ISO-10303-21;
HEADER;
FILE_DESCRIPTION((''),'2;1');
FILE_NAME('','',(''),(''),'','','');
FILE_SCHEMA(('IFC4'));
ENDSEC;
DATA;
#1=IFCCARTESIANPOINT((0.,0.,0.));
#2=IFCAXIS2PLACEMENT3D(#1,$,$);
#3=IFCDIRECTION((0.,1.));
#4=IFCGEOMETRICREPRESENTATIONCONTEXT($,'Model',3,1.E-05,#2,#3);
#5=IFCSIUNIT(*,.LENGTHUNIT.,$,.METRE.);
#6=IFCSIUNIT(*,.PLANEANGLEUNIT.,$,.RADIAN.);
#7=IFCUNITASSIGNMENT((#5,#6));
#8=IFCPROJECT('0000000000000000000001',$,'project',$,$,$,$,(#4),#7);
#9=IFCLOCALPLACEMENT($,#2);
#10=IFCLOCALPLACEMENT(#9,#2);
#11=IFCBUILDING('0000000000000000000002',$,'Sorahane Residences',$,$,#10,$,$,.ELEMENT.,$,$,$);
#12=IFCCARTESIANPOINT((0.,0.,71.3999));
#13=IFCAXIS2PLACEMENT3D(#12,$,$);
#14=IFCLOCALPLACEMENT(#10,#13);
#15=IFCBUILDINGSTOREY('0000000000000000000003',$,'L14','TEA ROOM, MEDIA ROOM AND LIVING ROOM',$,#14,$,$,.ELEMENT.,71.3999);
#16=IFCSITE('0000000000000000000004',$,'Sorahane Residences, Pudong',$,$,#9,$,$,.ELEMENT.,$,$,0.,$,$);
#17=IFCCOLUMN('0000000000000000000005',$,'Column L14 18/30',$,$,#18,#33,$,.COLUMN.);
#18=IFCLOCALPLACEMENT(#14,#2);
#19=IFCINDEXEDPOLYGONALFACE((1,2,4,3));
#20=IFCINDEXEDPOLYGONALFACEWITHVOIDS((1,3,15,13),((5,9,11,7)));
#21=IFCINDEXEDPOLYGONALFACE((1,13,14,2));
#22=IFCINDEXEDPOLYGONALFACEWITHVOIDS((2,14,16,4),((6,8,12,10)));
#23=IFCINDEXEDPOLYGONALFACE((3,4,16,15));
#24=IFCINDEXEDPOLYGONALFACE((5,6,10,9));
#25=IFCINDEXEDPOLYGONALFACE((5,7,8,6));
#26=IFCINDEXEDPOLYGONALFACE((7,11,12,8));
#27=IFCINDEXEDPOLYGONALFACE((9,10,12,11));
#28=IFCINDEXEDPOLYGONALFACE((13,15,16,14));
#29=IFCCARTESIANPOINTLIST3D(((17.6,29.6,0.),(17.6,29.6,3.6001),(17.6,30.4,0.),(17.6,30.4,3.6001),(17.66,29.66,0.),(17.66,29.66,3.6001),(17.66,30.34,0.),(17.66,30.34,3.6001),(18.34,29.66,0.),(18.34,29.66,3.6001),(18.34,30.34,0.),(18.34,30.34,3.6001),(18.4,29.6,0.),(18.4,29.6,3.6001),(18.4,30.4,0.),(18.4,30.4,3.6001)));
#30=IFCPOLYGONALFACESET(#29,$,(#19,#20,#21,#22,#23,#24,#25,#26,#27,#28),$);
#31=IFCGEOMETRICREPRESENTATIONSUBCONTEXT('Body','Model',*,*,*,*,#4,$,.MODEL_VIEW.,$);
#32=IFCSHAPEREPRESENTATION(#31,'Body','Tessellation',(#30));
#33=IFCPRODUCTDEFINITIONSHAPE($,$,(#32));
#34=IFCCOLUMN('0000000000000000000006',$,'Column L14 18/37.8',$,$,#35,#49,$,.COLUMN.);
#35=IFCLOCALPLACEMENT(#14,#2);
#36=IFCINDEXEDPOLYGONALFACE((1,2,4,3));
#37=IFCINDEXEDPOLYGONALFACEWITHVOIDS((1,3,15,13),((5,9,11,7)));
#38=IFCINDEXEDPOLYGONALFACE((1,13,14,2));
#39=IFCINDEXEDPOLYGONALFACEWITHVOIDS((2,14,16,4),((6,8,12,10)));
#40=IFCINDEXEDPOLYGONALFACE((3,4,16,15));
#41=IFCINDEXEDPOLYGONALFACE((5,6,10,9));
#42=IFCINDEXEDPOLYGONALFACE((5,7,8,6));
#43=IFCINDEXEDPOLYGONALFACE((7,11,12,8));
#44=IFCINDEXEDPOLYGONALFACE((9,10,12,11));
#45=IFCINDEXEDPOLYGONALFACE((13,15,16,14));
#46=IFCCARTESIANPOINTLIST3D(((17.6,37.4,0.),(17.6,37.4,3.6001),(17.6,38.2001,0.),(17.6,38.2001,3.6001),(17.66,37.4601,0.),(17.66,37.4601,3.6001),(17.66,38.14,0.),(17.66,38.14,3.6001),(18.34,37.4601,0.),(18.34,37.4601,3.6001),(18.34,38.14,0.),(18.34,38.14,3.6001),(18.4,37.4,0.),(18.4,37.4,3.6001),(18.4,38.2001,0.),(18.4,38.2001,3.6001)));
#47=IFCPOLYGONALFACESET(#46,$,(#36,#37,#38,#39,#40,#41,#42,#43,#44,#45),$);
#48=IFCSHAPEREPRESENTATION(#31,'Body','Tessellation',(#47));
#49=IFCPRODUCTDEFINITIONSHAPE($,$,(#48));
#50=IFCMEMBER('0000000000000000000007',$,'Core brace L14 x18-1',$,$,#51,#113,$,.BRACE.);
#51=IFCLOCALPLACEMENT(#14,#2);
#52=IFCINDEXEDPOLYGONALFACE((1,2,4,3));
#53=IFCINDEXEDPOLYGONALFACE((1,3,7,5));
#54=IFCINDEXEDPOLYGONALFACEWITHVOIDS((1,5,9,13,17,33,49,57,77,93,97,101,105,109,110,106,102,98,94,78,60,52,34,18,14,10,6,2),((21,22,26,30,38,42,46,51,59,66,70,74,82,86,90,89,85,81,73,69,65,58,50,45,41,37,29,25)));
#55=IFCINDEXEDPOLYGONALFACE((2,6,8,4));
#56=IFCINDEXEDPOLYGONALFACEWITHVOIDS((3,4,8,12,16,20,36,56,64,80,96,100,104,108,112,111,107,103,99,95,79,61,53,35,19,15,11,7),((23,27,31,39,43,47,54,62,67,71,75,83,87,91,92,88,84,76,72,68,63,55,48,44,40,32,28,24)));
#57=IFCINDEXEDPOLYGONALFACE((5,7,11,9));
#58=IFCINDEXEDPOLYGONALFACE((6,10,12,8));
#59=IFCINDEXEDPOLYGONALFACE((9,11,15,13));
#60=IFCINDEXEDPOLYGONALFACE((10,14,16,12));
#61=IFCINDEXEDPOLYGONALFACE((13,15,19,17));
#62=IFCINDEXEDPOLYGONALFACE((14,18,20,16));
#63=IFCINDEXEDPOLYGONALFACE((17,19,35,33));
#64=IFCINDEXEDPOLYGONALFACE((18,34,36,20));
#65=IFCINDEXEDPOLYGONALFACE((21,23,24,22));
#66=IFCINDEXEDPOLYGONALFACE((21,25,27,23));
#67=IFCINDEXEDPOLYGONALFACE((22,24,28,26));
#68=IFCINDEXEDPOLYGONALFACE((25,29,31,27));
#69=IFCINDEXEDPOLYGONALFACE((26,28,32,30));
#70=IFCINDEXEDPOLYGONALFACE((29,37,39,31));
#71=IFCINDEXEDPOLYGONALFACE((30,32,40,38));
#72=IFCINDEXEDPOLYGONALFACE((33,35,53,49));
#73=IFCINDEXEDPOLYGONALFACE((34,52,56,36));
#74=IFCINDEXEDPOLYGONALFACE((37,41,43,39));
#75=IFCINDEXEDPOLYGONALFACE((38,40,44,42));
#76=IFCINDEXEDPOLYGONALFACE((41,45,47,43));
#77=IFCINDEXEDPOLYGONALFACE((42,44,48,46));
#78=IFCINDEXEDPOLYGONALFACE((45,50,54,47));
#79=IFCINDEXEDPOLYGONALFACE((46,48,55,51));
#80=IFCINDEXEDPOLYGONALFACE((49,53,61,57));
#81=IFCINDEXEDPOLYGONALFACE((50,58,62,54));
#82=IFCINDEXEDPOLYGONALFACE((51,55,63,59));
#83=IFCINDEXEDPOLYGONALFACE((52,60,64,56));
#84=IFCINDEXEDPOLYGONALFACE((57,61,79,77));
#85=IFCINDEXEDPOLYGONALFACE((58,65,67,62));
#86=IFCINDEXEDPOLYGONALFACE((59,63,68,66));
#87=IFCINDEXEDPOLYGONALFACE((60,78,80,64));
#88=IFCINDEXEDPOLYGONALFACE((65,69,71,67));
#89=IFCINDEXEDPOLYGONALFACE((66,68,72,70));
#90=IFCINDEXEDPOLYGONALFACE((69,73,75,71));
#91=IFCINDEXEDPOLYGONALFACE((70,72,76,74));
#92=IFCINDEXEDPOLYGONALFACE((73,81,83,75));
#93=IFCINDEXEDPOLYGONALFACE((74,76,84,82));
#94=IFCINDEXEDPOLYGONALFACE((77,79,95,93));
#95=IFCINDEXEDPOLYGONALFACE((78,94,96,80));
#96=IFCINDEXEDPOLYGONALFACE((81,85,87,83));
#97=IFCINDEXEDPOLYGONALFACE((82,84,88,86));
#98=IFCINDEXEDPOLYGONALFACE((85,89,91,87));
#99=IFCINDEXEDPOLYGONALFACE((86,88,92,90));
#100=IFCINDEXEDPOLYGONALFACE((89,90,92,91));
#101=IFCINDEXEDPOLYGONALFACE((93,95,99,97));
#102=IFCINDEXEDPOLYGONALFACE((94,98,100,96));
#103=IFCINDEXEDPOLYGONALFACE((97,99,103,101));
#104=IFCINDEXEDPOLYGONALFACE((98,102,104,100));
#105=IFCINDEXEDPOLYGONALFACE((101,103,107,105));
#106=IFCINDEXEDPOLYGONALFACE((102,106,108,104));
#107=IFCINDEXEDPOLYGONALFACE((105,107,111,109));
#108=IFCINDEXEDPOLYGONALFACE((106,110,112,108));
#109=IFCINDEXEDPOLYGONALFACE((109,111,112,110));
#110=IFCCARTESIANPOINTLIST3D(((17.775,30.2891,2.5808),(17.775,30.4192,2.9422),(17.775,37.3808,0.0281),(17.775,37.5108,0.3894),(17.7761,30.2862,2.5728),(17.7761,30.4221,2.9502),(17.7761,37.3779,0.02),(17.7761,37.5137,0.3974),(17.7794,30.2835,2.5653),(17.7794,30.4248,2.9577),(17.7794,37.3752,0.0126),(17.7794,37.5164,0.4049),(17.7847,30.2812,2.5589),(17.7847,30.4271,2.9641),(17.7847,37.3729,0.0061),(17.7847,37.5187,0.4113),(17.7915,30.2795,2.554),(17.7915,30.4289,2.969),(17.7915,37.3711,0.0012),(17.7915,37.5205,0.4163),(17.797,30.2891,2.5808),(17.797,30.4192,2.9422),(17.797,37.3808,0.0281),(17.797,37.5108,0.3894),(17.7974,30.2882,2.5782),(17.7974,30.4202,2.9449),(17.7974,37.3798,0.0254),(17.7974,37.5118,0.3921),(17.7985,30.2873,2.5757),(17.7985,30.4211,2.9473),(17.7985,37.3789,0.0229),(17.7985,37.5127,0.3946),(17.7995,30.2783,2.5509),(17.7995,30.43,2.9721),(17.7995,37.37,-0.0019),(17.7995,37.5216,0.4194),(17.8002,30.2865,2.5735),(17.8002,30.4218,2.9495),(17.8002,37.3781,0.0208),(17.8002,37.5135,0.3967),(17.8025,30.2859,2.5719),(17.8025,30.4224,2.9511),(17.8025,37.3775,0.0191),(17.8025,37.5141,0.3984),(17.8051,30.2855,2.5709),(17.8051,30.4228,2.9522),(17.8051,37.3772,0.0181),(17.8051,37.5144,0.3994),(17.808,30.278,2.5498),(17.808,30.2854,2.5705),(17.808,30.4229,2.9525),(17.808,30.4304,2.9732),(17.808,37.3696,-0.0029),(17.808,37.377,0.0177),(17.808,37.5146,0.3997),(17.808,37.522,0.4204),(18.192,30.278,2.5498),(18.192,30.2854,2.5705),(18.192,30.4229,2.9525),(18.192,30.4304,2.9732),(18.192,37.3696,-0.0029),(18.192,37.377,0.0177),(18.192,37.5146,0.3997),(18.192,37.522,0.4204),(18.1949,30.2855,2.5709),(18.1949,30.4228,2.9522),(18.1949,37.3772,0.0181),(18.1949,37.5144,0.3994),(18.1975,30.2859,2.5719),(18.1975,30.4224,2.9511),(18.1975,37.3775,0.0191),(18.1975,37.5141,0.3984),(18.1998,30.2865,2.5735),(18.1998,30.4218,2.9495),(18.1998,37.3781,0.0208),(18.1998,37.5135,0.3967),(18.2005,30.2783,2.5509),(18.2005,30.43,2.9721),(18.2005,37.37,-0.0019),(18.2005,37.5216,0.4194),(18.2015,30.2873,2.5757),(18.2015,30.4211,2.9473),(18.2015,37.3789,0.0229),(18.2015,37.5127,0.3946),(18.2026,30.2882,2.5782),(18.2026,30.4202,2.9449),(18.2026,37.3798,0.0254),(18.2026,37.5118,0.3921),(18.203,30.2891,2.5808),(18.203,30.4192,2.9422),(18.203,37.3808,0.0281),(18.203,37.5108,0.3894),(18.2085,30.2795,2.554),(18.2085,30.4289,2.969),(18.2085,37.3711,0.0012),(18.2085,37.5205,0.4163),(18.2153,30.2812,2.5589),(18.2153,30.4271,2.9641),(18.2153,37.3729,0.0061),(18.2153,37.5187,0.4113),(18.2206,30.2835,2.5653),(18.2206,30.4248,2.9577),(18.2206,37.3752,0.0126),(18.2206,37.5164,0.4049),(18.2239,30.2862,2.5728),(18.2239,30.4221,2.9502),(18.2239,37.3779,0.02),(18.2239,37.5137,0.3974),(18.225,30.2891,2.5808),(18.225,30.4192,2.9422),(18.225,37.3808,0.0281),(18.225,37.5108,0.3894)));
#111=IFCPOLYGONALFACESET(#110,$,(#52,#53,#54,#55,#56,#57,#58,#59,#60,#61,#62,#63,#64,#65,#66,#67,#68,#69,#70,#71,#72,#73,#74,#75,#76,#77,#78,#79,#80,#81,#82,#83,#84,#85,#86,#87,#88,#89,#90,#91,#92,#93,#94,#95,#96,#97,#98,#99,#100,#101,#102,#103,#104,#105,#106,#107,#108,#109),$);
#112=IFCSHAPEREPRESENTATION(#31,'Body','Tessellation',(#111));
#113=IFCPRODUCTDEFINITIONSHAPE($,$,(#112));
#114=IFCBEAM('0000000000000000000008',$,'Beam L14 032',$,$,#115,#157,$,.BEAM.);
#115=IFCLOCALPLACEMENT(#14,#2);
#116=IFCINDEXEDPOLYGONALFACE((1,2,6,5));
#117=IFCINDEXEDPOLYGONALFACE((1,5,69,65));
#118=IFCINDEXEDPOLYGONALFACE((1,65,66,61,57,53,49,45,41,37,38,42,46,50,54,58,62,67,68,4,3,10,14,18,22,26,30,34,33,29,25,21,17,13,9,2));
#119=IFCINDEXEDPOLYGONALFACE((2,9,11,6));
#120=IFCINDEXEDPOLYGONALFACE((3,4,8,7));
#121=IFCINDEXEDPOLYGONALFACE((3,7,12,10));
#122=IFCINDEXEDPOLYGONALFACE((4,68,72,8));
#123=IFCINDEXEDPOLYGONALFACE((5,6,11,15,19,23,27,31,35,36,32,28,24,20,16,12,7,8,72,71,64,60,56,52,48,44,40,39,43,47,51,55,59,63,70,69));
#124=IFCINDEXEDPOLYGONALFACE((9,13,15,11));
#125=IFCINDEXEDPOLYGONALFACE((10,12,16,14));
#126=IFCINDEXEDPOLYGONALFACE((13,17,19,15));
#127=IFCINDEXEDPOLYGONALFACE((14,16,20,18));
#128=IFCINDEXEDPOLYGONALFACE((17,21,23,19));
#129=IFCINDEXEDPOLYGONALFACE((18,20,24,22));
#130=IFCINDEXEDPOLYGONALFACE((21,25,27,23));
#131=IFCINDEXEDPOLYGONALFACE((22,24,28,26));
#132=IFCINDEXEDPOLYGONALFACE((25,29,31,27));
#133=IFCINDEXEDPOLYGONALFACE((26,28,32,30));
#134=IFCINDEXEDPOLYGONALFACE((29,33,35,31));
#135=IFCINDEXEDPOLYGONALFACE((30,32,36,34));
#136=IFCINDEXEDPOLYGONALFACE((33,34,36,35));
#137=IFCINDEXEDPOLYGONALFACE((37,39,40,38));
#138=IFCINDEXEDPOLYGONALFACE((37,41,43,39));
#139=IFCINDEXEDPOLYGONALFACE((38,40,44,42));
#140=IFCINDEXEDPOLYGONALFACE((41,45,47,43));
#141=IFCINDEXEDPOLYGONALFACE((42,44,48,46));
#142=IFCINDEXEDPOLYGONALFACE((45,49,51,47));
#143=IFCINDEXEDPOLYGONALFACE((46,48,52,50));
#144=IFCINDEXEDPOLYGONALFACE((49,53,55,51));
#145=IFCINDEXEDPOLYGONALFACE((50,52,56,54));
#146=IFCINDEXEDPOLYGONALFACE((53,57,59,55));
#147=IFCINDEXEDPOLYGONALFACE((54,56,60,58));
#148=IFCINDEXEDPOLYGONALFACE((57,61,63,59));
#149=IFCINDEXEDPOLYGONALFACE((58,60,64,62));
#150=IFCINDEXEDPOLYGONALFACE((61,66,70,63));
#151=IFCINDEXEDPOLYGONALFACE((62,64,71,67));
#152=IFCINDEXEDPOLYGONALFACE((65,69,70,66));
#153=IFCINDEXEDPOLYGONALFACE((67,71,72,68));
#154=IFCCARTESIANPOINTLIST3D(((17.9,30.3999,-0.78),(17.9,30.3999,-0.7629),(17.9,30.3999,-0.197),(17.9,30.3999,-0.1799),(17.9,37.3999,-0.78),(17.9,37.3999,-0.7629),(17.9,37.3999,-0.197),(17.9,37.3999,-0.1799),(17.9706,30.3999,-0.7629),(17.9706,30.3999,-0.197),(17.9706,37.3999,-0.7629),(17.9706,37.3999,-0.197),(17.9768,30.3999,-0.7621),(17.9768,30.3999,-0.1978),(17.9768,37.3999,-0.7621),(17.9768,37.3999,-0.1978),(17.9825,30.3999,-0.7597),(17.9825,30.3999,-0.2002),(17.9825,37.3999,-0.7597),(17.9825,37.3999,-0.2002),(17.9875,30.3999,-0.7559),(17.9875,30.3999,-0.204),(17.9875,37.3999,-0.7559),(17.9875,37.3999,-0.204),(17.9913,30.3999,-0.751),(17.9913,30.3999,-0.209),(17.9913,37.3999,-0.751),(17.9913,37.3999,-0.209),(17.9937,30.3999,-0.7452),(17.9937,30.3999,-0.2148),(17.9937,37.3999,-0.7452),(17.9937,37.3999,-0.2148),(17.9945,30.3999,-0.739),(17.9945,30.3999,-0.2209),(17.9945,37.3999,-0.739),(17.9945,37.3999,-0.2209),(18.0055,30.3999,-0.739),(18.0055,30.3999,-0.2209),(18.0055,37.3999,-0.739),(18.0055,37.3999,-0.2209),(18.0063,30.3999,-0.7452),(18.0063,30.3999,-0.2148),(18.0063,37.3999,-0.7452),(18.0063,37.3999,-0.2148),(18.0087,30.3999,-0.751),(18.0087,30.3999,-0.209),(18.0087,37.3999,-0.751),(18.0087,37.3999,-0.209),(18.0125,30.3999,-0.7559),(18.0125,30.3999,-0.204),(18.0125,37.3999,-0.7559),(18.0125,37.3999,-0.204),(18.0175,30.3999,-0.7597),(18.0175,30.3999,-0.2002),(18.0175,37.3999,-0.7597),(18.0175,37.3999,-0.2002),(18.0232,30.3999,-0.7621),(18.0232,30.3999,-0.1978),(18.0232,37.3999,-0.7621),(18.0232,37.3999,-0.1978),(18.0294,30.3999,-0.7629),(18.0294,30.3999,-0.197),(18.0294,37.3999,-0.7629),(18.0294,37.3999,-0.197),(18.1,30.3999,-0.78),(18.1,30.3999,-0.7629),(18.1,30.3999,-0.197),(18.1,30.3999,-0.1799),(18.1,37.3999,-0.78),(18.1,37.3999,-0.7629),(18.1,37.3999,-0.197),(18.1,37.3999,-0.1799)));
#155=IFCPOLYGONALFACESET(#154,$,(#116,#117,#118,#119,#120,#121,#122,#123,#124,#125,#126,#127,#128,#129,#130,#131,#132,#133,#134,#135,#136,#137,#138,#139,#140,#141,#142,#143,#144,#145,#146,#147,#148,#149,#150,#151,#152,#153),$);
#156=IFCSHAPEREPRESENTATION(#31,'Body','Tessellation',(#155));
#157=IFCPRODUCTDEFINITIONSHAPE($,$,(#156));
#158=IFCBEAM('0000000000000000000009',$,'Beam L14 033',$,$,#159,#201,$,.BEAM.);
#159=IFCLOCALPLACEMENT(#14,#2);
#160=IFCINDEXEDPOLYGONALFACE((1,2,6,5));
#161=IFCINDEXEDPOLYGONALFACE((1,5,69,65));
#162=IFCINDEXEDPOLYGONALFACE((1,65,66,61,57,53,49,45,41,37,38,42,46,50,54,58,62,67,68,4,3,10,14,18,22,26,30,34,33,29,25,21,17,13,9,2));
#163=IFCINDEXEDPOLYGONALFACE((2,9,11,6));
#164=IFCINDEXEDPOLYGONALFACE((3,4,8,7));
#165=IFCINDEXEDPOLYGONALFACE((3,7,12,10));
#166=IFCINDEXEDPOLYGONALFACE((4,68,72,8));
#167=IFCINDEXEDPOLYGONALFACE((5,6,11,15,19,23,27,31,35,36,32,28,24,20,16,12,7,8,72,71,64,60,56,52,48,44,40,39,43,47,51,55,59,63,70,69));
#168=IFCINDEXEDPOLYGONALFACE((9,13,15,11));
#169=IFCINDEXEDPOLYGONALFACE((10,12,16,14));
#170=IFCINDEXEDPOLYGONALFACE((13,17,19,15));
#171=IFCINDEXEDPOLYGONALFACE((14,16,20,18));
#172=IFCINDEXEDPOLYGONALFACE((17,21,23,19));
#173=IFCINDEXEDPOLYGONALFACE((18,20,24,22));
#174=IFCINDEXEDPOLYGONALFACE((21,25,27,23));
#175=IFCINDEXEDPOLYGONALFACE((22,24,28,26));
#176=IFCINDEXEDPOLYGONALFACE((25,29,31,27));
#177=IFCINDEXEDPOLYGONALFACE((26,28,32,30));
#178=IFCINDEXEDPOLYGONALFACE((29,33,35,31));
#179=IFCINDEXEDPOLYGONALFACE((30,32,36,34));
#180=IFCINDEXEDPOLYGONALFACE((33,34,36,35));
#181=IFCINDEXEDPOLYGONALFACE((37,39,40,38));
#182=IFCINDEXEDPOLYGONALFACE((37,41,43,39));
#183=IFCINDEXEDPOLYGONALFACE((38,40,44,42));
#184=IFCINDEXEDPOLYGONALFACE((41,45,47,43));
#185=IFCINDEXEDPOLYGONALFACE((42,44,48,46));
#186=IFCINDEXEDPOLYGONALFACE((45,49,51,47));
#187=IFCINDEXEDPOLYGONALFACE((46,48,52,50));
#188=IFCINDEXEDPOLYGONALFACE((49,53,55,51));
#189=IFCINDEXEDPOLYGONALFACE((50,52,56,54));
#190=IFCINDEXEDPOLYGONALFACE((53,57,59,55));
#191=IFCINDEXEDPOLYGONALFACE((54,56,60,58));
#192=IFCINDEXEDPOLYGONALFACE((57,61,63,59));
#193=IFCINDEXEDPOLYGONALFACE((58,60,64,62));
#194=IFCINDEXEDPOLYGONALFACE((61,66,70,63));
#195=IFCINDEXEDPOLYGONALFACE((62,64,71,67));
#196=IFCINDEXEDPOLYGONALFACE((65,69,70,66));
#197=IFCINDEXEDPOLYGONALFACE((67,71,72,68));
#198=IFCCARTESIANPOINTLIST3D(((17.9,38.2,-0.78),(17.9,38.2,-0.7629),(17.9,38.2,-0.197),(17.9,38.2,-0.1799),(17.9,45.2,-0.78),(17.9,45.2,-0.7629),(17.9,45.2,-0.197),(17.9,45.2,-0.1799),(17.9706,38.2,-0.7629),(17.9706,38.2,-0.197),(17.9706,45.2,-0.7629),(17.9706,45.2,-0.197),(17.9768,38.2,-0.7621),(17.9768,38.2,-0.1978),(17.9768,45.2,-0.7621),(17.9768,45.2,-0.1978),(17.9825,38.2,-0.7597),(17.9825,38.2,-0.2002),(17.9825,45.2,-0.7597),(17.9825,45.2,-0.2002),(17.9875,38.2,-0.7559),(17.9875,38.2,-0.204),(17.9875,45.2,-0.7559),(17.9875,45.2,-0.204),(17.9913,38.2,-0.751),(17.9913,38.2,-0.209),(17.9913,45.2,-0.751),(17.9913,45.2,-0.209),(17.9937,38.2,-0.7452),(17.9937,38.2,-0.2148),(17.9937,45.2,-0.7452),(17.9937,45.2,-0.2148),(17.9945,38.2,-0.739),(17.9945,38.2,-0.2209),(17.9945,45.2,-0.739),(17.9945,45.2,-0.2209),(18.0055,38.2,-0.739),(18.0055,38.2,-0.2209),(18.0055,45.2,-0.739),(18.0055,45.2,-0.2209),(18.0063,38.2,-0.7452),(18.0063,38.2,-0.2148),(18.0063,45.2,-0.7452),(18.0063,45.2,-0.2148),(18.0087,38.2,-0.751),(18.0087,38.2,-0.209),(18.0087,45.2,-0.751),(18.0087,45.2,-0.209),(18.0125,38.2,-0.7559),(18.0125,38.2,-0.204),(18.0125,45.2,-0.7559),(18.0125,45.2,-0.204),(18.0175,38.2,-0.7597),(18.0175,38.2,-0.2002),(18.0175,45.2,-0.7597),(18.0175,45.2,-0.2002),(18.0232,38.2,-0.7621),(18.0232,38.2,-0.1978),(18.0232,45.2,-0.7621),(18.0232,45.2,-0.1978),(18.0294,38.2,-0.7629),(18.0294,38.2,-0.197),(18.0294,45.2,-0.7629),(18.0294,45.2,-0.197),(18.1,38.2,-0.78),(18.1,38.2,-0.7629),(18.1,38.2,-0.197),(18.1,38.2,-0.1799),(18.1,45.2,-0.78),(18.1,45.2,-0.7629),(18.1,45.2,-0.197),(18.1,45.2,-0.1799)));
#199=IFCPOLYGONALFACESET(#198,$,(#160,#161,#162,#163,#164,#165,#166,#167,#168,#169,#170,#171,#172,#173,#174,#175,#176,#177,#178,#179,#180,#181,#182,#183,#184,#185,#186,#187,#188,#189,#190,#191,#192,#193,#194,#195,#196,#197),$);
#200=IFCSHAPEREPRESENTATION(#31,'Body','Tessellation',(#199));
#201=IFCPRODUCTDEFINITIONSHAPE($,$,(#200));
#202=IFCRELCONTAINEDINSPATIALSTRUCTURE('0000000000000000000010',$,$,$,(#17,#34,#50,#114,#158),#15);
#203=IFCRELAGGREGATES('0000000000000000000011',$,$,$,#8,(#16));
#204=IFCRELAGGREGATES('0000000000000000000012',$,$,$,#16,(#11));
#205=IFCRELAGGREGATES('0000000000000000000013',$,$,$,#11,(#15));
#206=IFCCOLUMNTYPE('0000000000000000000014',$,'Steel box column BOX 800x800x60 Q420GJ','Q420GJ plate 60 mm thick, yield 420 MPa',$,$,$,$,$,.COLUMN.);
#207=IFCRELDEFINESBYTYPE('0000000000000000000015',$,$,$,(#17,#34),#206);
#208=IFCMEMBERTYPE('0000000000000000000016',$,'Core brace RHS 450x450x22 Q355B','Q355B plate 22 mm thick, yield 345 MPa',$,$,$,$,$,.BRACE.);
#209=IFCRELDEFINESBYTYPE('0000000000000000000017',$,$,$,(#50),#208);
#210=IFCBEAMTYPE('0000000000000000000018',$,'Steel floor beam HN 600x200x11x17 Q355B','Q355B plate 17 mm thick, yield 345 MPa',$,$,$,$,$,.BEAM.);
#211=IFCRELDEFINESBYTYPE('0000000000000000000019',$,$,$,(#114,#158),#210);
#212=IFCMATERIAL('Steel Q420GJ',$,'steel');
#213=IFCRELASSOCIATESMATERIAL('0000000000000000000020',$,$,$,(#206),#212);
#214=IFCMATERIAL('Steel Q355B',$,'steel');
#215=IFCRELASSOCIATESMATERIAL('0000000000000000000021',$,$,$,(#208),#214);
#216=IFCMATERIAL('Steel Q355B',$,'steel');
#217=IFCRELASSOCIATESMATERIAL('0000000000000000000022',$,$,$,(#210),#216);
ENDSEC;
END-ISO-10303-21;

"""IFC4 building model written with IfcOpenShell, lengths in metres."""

from ifc_helpers import new_model, si_unit, direction, frame, origin, origin_2d, place, context, subcontext, project, spatial, hollow_rectangle, i_section, extrude, material, material_profile, profile_set, type_object, element, save


model = new_model("IFC4")

# Units and contexts
model_context = context("Model", 3, precision=1e-05, world=origin(), true_north=direction((0.0, 1.0)))
body_context = subcontext(model_context, "Body", "Model", "MODEL_VIEW")
ifc_project = project(units=[si_unit("LENGTHUNIT", "METRE"), si_unit("PLANEANGLEUNIT", "RADIAN")], contexts=[model_context])

# Site, building, storey
site_placement = place(None, origin())
site = spatial("IfcSite", under=ifc_project, at=site_placement, Name="Sorahane Residences, Pudong", CompositionType="ELEMENT", RefElevation=0.0)
building_placement = place(site_placement, origin())
building = spatial("IfcBuilding", under=site, at=building_placement, Name="Sorahane Residences", CompositionType="ELEMENT")
storey_placement = place(building_placement, frame((0.0, 0.0, 71.3999)))
storey = spatial("IfcBuildingStorey", under=building, at=storey_placement, Name="L14", Description="TEA ROOM, MEDIA ROOM AND LIVING ROOM", CompositionType="ELEMENT", Elevation=71.3999)

# Columns
ifc_material_1 = material(Name="Steel Q420GJ", Category="steel")
ifc_material_profile_1 = material_profile(ifc_material_1, hollow_rectangle(XDim=0.8, YDim=0.8, WallThickness=0.0601, at=origin_2d()), Name="BOX 800x800x60")
ifc_profile_set_1 = profile_set([ifc_material_profile_1], Name="Steel Q420GJ")
column_type = type_object("IfcColumnType", Name="Steel box column BOX 800x800x60 Q420GJ", Description="Q420GJ plate 60 mm thick, yield 420 MPa", PredefinedType="COLUMN", material=ifc_profile_set_1)
for number, where, z_axis, x_axis, name in (
    (1, (18.0, 30.0, 0.0), (0.0, 0.0, 1.0), (1.0, 0.0, 0.0), "Column L14 18/30"),
    (2, (18.0, 37.8, 0.0), (0.0, 0.0, 1.0), (1.0, 0.0, 0.0), "Column L14 18/37.8"),
):
    element("IfcColumn", number, at=place(storey_placement, frame(where, z_axis=z_axis, x_axis=x_axis)), inside=storey, type_object=column_type, Name=name, PredefinedType="COLUMN", context=body_context, shape_type="SweptSolid", body=[
        extrude(hollow_rectangle(XDim=0.8, YDim=0.8, WallThickness=0.0601, at=origin_2d()), origin(), (0.0, 0.0, 1.0), 3.6001),
    ])

# Member
ifc_material_2 = material(Name="Steel Q355B", Category="steel")
ifc_material_profile_2 = material_profile(ifc_material_2, hollow_rectangle(XDim=0.45, YDim=0.45, WallThickness=0.022, InnerFilletRadius=0.011, OuterFilletRadius=0.033, at=origin_2d()), Name="RHS 450x450x22")
ifc_profile_set_2 = profile_set([ifc_material_profile_2], Name="Steel Q355B")
member_type = type_object("IfcMemberType", Name="Core brace RHS 450x450x22 Q355B", Description="Q355B plate 22 mm thick, yield 345 MPa", PredefinedType="BRACE", material=ifc_profile_set_2)
member_placement = place(storey_placement, frame((18.0, 37.4458, 0.2087), z_axis=(0.0, -0.940897, 0.338693), x_axis=(1.0, 0.0, 0.0)))
element("IfcMember", 3, at=member_placement, inside=storey, type_object=member_type, Name="Core brace L14 x18-1", PredefinedType="BRACE", context=body_context, shape_type="SweptSolid", body=[
    extrude(hollow_rectangle(XDim=0.45, YDim=0.45, WallThickness=0.022, InnerFilletRadius=0.011, OuterFilletRadius=0.033, at=origin_2d()), origin(), (0.0, 0.0, 1.0), 7.5371),
])

# Beams
ifc_material_3 = material(Name="Steel Q355B", Category="steel")
ifc_material_profile_3 = material_profile(ifc_material_3, i_section(OverallWidth=0.2, OverallDepth=0.6001, WebThickness=0.011, FlangeThickness=0.0171, FilletRadius=0.0239, at=origin_2d()), Name="HN 600x200x11x17")
ifc_profile_set_3 = profile_set([ifc_material_profile_3], Name="Steel Q355B")
beam_type = type_object("IfcBeamType", Name="Steel floor beam HN 600x200x11x17 Q355B", Description="Q355B plate 17 mm thick, yield 345 MPa", PredefinedType="BEAM", material=ifc_profile_set_3)
for number, where, z_axis, x_axis, name in (
    (4, (18.0, 30.3999, -0.48), (0.0, 1.0, 0.0), (-1.0, 0.0, 0.0), "Beam L14 032"),
    (5, (18.0, 38.2, -0.48), (0.0, 1.0, 0.0), (-1.0, 0.0, 0.0), "Beam L14 033"),
):
    element("IfcBeam", number, at=place(storey_placement, frame(where, z_axis=z_axis, x_axis=x_axis)), inside=storey, type_object=beam_type, Name=name, PredefinedType="BEAM", context=body_context, shape_type="SweptSolid", body=[
        extrude(i_section(OverallWidth=0.2, OverallDepth=0.6001, WebThickness=0.011, FlangeThickness=0.0171, FilletRadius=0.0239, at=origin_2d()), origin(), (0.0, 0.0, 1.0), 7.0),
    ])

save(model, "model.ifc")
